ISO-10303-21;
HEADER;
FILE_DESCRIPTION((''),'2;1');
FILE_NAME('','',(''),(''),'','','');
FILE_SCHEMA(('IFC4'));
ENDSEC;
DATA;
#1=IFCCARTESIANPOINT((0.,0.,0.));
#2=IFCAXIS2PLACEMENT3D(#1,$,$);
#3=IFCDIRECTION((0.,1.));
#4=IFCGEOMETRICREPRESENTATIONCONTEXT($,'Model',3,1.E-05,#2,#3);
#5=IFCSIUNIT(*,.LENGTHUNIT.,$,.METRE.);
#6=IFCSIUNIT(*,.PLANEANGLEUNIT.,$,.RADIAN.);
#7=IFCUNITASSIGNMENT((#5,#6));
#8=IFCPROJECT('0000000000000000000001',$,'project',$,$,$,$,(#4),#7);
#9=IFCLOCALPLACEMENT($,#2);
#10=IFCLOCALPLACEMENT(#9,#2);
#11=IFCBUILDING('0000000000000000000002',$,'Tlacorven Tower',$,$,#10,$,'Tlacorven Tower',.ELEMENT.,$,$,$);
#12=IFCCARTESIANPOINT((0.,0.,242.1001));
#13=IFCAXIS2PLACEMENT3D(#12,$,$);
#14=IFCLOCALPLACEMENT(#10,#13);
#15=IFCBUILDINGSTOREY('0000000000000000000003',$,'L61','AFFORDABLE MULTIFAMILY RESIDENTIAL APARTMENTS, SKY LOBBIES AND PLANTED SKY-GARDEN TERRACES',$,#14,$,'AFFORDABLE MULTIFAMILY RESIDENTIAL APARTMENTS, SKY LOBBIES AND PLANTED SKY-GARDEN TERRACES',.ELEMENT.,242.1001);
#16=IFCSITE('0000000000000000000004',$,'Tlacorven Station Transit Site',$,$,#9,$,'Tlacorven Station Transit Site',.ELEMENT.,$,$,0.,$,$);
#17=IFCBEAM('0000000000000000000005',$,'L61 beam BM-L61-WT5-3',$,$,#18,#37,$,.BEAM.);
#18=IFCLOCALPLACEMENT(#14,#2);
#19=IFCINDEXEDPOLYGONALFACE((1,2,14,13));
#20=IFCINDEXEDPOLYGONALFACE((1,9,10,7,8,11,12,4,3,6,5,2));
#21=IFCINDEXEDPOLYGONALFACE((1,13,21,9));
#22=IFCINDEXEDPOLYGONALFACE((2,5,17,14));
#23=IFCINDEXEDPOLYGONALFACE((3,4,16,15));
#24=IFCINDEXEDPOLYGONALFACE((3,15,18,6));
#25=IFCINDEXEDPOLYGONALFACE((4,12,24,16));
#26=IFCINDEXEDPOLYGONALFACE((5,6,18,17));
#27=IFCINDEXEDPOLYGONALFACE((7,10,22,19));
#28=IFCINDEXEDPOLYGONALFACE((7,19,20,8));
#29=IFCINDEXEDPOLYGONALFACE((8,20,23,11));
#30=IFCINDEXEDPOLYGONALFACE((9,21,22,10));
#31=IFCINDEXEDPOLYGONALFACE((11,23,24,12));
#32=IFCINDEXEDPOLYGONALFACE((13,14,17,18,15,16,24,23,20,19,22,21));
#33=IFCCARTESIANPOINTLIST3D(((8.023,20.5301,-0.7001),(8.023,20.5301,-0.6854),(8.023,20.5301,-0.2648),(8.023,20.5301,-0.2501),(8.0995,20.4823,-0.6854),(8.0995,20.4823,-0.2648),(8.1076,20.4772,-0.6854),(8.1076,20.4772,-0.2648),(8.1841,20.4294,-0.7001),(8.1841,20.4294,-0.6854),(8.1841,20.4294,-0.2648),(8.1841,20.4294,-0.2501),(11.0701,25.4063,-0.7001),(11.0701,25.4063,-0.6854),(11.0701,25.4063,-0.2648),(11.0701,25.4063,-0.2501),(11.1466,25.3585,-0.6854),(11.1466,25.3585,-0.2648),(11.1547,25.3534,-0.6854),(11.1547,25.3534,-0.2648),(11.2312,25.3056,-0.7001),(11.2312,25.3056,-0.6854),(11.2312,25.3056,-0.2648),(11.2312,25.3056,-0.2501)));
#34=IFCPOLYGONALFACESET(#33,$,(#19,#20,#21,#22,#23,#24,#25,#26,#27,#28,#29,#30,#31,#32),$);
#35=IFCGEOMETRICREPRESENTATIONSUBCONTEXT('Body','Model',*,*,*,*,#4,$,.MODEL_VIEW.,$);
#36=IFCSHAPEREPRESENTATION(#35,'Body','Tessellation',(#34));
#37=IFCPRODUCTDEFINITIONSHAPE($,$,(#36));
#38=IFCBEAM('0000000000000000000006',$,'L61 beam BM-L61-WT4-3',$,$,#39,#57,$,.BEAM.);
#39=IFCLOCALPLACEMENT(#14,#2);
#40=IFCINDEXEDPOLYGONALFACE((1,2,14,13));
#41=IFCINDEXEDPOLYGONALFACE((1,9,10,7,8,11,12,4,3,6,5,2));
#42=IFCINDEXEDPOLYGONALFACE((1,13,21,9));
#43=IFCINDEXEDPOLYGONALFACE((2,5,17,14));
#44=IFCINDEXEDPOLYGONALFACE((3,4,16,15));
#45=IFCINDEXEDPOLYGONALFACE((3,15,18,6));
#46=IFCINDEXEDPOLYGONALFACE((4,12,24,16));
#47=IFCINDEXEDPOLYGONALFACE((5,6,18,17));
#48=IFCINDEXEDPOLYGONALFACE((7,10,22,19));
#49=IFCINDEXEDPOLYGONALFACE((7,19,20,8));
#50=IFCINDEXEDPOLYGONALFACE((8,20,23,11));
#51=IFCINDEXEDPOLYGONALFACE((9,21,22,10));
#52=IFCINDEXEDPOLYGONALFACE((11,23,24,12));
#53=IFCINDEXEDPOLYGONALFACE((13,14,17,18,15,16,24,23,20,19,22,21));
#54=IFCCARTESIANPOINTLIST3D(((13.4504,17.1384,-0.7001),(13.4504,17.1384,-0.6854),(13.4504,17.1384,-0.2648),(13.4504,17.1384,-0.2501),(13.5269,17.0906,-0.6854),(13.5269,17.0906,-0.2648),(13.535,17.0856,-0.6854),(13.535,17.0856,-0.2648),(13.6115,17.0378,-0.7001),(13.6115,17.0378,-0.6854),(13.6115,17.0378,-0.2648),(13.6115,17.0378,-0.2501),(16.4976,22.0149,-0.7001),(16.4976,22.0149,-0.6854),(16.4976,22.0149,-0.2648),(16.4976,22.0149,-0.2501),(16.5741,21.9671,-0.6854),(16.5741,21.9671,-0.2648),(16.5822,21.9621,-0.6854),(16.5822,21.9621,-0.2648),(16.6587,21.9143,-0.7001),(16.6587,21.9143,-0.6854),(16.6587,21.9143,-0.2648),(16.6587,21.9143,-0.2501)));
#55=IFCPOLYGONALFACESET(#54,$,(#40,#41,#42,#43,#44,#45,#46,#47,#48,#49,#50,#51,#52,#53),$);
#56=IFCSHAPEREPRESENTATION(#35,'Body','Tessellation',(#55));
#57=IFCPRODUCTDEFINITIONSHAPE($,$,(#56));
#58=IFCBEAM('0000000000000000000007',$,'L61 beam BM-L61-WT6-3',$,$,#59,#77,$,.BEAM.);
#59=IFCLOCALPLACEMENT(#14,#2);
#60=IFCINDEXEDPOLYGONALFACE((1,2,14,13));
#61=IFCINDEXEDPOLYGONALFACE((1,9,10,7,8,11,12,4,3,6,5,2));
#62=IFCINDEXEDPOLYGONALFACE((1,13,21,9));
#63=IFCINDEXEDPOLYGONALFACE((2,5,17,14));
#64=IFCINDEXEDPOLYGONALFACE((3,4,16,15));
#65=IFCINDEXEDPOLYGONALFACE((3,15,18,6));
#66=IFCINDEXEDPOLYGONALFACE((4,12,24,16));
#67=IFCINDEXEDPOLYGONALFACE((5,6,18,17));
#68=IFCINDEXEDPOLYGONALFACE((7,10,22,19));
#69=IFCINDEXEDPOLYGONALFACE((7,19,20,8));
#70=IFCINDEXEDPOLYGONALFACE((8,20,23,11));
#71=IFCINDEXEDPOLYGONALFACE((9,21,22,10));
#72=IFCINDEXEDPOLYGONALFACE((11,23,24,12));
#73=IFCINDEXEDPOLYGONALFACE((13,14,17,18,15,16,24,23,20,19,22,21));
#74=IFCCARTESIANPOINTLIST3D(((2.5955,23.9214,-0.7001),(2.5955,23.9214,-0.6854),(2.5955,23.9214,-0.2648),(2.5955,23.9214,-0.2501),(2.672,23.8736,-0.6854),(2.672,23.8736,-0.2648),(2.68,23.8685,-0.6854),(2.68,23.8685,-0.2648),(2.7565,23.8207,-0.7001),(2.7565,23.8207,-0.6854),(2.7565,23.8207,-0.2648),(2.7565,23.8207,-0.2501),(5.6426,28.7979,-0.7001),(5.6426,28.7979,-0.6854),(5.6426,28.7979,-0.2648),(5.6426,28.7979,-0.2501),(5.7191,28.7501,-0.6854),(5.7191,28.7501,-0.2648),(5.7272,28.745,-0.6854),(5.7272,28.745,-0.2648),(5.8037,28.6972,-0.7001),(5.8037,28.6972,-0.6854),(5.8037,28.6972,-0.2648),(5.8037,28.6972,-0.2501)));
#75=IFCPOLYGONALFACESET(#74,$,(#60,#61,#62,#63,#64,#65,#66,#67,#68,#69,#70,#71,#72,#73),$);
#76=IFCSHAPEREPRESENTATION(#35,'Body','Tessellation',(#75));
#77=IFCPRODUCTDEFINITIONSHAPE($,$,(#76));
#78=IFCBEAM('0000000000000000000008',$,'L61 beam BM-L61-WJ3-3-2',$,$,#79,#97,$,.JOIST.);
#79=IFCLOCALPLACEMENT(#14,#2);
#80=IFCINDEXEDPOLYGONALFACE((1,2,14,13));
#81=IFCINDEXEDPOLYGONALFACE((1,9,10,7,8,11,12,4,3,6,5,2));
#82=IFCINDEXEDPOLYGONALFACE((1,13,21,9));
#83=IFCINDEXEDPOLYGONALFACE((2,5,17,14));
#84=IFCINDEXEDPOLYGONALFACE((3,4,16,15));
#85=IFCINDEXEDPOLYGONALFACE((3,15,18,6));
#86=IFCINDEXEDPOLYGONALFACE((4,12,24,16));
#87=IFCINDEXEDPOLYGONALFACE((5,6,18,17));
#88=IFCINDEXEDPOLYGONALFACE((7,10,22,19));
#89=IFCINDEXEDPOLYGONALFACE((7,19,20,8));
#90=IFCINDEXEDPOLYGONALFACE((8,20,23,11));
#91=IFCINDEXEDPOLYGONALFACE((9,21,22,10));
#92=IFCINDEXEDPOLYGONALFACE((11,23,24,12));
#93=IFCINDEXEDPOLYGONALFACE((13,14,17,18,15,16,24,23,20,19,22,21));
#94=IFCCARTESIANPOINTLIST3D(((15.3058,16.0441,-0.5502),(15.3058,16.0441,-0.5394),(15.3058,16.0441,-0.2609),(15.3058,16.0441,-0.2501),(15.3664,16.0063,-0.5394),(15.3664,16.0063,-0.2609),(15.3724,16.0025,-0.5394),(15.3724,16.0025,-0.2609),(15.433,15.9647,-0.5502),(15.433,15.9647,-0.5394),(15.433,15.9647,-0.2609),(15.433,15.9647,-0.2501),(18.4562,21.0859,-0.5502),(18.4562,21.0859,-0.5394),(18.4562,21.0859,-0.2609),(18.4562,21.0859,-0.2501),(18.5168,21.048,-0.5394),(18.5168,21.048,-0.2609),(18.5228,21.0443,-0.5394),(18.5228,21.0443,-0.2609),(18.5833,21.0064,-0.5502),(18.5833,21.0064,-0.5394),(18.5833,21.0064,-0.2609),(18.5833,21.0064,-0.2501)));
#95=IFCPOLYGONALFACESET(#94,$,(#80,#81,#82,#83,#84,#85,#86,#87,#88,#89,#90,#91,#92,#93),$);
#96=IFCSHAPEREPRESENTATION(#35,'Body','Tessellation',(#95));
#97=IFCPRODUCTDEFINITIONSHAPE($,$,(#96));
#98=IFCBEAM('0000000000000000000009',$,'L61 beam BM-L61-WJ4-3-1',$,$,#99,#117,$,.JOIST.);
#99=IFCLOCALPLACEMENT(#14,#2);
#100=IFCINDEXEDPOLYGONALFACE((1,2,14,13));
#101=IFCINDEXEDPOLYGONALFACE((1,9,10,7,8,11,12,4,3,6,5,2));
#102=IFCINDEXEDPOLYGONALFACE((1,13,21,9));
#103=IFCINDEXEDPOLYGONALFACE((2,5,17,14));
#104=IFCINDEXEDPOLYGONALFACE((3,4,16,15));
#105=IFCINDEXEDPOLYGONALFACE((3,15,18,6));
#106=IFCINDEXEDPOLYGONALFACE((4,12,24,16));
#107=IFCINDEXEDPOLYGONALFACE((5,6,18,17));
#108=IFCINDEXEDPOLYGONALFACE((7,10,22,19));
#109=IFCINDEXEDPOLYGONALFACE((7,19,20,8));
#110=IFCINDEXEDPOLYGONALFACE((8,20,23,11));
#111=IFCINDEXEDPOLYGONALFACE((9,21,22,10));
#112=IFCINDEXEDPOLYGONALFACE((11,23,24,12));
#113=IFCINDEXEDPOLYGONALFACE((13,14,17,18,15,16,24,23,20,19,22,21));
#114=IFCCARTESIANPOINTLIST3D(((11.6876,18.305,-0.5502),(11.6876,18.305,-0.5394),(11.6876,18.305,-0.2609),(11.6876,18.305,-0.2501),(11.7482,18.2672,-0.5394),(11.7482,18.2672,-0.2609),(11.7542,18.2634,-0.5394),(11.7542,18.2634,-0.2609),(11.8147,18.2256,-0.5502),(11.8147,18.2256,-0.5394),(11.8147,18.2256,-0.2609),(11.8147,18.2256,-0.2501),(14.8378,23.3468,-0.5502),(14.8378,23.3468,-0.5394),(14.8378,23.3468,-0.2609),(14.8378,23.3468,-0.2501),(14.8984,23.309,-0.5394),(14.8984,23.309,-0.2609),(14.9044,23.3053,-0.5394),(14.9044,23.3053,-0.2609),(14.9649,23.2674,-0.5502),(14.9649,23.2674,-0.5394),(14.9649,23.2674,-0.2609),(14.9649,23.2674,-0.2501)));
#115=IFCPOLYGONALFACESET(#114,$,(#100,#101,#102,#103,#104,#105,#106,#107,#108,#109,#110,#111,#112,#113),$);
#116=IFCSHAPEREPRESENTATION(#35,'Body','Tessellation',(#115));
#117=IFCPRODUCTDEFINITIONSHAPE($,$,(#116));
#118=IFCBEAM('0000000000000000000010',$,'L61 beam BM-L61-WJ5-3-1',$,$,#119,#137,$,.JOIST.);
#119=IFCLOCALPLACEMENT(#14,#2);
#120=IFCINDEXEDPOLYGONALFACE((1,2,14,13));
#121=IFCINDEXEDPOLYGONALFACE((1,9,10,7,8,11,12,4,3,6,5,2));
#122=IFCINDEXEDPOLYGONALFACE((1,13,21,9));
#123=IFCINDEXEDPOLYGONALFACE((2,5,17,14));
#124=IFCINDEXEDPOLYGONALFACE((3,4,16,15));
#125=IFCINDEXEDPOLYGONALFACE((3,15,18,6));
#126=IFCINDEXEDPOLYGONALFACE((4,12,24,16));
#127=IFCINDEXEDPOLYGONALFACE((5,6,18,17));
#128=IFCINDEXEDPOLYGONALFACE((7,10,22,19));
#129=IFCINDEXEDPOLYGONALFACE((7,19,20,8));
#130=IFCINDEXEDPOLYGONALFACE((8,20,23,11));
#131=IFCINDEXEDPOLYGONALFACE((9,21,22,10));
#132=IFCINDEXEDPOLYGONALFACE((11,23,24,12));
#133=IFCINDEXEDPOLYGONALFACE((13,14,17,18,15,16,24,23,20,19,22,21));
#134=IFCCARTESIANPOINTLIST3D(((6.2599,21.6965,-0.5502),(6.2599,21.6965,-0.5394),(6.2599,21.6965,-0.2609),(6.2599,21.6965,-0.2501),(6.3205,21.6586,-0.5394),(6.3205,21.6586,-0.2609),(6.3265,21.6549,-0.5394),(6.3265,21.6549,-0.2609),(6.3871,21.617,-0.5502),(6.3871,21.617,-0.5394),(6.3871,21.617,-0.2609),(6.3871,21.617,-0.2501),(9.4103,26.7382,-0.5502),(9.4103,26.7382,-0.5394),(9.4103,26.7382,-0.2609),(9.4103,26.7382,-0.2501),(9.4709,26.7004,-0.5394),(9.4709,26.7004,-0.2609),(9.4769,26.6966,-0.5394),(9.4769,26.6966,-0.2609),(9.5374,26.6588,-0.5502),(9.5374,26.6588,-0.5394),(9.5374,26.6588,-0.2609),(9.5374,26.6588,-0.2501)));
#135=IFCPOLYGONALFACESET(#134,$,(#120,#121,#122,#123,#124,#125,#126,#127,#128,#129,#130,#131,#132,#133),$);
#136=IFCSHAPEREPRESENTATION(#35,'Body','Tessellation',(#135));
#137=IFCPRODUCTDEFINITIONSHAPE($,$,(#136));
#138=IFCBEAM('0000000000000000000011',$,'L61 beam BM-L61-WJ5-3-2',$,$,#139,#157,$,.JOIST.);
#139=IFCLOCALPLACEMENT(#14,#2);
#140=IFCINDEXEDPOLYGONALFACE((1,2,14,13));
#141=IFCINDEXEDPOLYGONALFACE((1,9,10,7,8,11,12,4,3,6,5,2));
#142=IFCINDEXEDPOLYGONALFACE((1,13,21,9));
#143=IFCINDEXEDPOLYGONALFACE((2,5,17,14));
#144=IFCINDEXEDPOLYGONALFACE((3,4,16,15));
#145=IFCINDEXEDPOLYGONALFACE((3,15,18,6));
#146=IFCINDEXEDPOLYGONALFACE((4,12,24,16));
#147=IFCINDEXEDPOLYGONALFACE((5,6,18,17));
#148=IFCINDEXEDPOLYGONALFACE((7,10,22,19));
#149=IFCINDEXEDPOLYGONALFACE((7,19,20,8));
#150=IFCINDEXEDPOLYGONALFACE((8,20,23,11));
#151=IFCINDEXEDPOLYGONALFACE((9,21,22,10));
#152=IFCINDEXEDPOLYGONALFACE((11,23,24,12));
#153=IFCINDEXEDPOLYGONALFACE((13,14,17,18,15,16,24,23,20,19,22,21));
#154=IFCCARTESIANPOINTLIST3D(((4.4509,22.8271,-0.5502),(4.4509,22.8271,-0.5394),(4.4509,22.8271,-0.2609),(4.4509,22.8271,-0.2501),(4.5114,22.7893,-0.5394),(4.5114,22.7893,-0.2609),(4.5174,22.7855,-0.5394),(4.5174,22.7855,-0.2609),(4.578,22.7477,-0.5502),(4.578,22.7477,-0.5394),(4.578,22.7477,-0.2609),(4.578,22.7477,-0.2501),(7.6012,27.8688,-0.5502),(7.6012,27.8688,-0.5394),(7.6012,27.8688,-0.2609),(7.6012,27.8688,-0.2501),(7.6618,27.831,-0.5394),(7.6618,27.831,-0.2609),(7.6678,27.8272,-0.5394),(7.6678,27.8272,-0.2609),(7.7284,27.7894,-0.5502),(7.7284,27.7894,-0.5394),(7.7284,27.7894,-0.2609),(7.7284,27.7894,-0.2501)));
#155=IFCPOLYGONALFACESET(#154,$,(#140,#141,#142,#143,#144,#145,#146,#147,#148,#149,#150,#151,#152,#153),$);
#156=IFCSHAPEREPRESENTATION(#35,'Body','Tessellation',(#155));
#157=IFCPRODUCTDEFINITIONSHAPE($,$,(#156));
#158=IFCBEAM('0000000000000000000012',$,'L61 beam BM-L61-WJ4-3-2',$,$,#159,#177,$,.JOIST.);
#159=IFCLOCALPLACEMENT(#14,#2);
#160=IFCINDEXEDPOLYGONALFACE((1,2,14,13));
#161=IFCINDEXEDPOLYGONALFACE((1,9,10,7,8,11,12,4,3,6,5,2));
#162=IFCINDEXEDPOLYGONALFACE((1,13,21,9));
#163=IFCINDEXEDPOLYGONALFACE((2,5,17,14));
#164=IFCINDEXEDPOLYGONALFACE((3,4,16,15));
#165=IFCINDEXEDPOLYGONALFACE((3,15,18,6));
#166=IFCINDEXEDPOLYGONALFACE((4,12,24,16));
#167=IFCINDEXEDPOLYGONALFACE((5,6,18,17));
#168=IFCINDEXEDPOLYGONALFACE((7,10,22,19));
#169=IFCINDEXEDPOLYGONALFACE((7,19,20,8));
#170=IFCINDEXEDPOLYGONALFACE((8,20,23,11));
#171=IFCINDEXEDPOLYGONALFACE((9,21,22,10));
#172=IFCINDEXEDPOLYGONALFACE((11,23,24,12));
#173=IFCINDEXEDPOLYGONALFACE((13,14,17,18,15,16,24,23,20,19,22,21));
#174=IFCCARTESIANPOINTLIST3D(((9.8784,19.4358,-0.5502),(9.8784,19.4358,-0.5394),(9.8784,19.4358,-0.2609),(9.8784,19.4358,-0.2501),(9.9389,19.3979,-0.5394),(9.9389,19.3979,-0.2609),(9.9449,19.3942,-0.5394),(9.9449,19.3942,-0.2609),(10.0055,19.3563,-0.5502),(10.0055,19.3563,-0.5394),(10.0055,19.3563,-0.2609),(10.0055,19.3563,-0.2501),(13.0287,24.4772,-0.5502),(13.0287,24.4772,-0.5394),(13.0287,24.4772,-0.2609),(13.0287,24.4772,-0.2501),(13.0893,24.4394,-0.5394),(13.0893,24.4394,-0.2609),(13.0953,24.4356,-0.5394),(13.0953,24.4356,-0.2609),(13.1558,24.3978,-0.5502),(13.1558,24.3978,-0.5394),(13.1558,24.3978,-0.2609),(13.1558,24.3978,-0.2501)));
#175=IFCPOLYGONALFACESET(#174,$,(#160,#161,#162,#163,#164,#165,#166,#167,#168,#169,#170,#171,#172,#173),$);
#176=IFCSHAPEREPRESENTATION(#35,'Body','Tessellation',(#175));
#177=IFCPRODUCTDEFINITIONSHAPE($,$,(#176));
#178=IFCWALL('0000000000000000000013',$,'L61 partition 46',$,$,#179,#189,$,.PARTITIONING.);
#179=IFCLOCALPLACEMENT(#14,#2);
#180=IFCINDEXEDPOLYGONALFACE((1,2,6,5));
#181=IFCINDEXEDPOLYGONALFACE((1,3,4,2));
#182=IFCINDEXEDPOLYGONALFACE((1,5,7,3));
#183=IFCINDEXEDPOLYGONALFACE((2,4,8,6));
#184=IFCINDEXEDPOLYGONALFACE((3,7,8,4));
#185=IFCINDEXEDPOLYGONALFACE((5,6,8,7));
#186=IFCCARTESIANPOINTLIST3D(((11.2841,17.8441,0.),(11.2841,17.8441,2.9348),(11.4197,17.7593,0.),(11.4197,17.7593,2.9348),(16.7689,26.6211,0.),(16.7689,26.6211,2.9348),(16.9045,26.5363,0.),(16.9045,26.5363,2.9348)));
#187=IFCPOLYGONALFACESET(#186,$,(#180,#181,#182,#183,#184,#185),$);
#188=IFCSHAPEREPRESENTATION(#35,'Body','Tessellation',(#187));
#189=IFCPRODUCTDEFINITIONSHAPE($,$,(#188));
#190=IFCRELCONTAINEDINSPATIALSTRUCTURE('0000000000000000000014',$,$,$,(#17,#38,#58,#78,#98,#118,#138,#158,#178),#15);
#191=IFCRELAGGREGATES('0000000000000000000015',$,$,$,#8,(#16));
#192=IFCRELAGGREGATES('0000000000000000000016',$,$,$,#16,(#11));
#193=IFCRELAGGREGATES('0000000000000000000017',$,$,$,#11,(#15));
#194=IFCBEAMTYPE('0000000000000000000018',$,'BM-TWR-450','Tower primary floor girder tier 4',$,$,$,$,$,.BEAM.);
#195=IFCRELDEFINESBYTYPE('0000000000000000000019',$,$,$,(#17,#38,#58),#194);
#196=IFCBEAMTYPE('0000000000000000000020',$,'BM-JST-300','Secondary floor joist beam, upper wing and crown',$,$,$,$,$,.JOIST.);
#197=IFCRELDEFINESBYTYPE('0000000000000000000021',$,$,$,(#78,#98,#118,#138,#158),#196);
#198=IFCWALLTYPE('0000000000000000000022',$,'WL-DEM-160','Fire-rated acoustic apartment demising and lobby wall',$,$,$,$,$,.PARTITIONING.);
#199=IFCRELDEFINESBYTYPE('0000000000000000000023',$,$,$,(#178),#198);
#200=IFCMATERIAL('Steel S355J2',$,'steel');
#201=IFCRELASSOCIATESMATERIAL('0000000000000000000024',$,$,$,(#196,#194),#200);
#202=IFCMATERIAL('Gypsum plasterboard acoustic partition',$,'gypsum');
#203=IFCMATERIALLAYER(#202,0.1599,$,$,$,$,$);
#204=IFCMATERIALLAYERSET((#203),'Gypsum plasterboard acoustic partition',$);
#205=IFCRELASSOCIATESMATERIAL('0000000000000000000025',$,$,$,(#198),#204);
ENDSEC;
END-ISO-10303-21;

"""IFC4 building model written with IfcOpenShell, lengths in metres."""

from ifc_helpers import new_model, si_unit, direction, frame, frame_2d, origin, origin_2d, place, context, subcontext, project, spatial, rectangle, i_section, extrude, source, transform, mapped, material, layer, layer_set, material_profile, profile_set, type_object, element, save


model = new_model("IFC4")

# Units and contexts
model_context = context("Model", 3, precision=1e-05, world=origin(), true_north=direction((0.0, 1.0)))
body_context = subcontext(model_context, "Body", "Model", "MODEL_VIEW")
ifc_project = project(units=[si_unit("LENGTHUNIT", "METRE"), si_unit("PLANEANGLEUNIT", "RADIAN")], contexts=[model_context])

# Site, building, storey
site_placement = place(None, origin())
site = spatial("IfcSite", under=ifc_project, at=site_placement, Name="Tlacorven Station Transit Site", LongName="Tlacorven Station Transit Site", CompositionType="ELEMENT", RefElevation=0.0)
building_placement = place(site_placement, origin())
building = spatial("IfcBuilding", under=site, at=building_placement, Name="Tlacorven Tower", LongName="Tlacorven Tower", CompositionType="ELEMENT")
storey_placement = place(building_placement, frame((0.0, 0.0, 242.1001)))
storey = spatial("IfcBuildingStorey", under=building, at=storey_placement, Name="L61", Description="AFFORDABLE MULTIFAMILY RESIDENTIAL APARTMENTS, SKY LOBBIES AND PLANTED SKY-GARDEN TERRACES", LongName="AFFORDABLE MULTIFAMILY RESIDENTIAL APARTMENTS, SKY LOBBIES AND PLANTED SKY-GARDEN TERRACES", CompositionType="ELEMENT", Elevation=242.1001)

# Shared definitions
ifc_material_1 = material(Name="Steel S355J2", Category="steel")

# Beams
ifc_material_profile_1 = material_profile(ifc_material_1, i_section(OverallWidth=0.1499, OverallDepth=0.3, WebThickness=0.0071, FlangeThickness=0.0107, at=origin_2d()), Name="IPE 300")
ifc_profile_set_1 = profile_set([ifc_material_profile_1], Name="Steel S355J2")
beam_type_1 = type_object("IfcBeamType", Name="BM-JST-300", Description="Secondary floor joist beam, upper wing and crown", PredefinedType="JOIST", material=ifc_profile_set_1)
ifc_material_profile_2 = material_profile(ifc_material_1, i_section(OverallWidth=0.1899, OverallDepth=0.45, WebThickness=0.0095, FlangeThickness=0.0146, at=origin_2d()), Name="IPE 450")
ifc_profile_set_2 = profile_set([ifc_material_profile_2], Name="Steel S355J2")
beam_type_2 = type_object("IfcBeamType", Name="BM-TWR-450", Description="Tower primary floor girder tier 4", PredefinedType="BEAM", material=ifc_profile_set_2)
shared_shape_1 = source(origin(), body_context, "Body", "SweptSolid", [
    extrude(i_section(OverallWidth=0.1899, OverallDepth=0.45, WebThickness=0.0095, FlangeThickness=0.0146, at=origin_2d()), origin(), (0.0, 0.0, 1.0), 5.75),
])
beam_1_placement = place(storey_placement, frame((11.1506, 25.356, -0.4751), z_axis=(-0.529934, -0.848039, 0.0), x_axis=(0.848039, -0.529934, 0.0)))
element("IfcBeam", 1, at=beam_1_placement, inside=storey, type_object=beam_type_2, Name="L61 beam BM-L61-WT5-3", PredefinedType="BEAM", context=body_context, shape_type="MappedRepresentation", body=[
    mapped(shared_shape_1, transform((0.0, 0.0, 0.0), scale=1.0)),
])
shared_shape_2 = source(origin(), body_context, "Body", "SweptSolid", [
    extrude(i_section(OverallWidth=0.1899, OverallDepth=0.45, WebThickness=0.0095, FlangeThickness=0.0146, at=origin_2d()), origin(), (0.0, 0.0, 1.0), 5.7502),
])
for number, where, z_axis, x_axis, name in (
    (2, (16.5781, 21.9646, -0.4751), (-0.529915, -0.848051, 0.0), (0.848051, -0.529915, 0.0), "L61 beam BM-L61-WT4-3"),
    (3, (5.7231, 28.7476, -0.4751), (-0.529915, -0.848051, 0.0), (0.848051, -0.529915, 0.0), "L61 beam BM-L61-WT6-3"),
):
    element("IfcBeam", number, at=place(storey_placement, frame(where, z_axis=z_axis, x_axis=x_axis)), inside=storey, type_object=beam_type_2, Name=name, PredefinedType="BEAM", context=body_context, shape_type="MappedRepresentation", body=[
        mapped(shared_shape_2, transform((0.0, 0.0, 0.0), scale=1.0)),
    ])
shared_shape_3 = source(origin(), body_context, "Body", "SweptSolid", [
    extrude(i_section(OverallWidth=0.1499, OverallDepth=0.3, WebThickness=0.0071, FlangeThickness=0.0107, at=origin_2d()), origin(), (0.0, 0.0, 1.0), 5.9451),
])
for number, where, z_axis, x_axis, name in (
    (4, (18.5198, 21.0461, -0.4001), (-0.529914, -0.848051, 0.0), (0.848051, -0.529914, 0.0), "L61 beam BM-L61-WJ3-3-2"),
    (5, (14.9014, 23.3071, -0.4001), (-0.529885, -0.84807, 0.0), (0.84807, -0.529885, 0.0), "L61 beam BM-L61-WJ4-3-1"),
    (6, (9.4739, 26.6985, -0.4001), (-0.529914, -0.848051, 0.0), (0.848051, -0.529914, 0.0), "L61 beam BM-L61-WJ5-3-1"),
    (7, (7.6648, 27.8291, -0.4001), (-0.529914, -0.848051, 0.0), (0.848051, -0.529914, 0.0), "L61 beam BM-L61-WJ5-3-2"),
):
    element("IfcBeam", number, at=place(storey_placement, frame(where, z_axis=z_axis, x_axis=x_axis)), inside=storey, type_object=beam_type_1, Name=name, PredefinedType="JOIST", context=body_context, shape_type="MappedRepresentation", body=[
        mapped(shared_shape_3, transform((0.0, 0.0, 0.0), scale=1.0)),
    ])
shared_shape_4 = source(origin(), body_context, "Body", "SweptSolid", [
    extrude(i_section(OverallWidth=0.1499, OverallDepth=0.3, WebThickness=0.0071, FlangeThickness=0.0107, at=origin_2d()), origin(), (0.0, 0.0, 1.0), 5.9448),
])
beam_2_placement = place(storey_placement, frame((13.0923, 24.4375, -0.4001), z_axis=(-0.529932, -0.84804, 0.0), x_axis=(0.84804, -0.529932, 0.0)))
element("IfcBeam", 8, at=beam_2_placement, inside=storey, type_object=beam_type_1, Name="L61 beam BM-L61-WJ4-3-2", PredefinedType="JOIST", context=body_context, shape_type="MappedRepresentation", body=[
    mapped(shared_shape_4, transform((0.0, 0.0, 0.0), scale=1.0)),
])

# Wall
ifc_material_2 = material(Name="Gypsum plasterboard acoustic partition", Category="gypsum")
ifc_layer_1 = layer(ifc_material_2, 0.1599)
ifc_layer_set_1 = layer_set([ifc_layer_1], Name="Gypsum plasterboard acoustic partition")
wall_type_1 = type_object("IfcWallType", Name="WL-DEM-160", Description="Fire-rated acoustic apartment demising and lobby wall", PredefinedType="PARTITIONING", material=ifc_layer_set_1)
wall_1_placement = place(storey_placement, frame((16.8367, 26.5786, 0.0), z_axis=(0.0, 0.0, 1.0), x_axis=(-0.529942, -0.848034, 0.0)))
element("IfcWall", 9, at=wall_1_placement, inside=storey, type_object=wall_type_1, Name="L61 partition 46", PredefinedType="PARTITIONING", context=body_context, shape_type="SweptSolid", body=[
    extrude(rectangle(XDim=10.3499, YDim=0.1599, at=frame_2d((5.1748, 0.0))), origin(), (0.0, 0.0, 1.0), 2.9348),
])

save(model, "model.ifc")
